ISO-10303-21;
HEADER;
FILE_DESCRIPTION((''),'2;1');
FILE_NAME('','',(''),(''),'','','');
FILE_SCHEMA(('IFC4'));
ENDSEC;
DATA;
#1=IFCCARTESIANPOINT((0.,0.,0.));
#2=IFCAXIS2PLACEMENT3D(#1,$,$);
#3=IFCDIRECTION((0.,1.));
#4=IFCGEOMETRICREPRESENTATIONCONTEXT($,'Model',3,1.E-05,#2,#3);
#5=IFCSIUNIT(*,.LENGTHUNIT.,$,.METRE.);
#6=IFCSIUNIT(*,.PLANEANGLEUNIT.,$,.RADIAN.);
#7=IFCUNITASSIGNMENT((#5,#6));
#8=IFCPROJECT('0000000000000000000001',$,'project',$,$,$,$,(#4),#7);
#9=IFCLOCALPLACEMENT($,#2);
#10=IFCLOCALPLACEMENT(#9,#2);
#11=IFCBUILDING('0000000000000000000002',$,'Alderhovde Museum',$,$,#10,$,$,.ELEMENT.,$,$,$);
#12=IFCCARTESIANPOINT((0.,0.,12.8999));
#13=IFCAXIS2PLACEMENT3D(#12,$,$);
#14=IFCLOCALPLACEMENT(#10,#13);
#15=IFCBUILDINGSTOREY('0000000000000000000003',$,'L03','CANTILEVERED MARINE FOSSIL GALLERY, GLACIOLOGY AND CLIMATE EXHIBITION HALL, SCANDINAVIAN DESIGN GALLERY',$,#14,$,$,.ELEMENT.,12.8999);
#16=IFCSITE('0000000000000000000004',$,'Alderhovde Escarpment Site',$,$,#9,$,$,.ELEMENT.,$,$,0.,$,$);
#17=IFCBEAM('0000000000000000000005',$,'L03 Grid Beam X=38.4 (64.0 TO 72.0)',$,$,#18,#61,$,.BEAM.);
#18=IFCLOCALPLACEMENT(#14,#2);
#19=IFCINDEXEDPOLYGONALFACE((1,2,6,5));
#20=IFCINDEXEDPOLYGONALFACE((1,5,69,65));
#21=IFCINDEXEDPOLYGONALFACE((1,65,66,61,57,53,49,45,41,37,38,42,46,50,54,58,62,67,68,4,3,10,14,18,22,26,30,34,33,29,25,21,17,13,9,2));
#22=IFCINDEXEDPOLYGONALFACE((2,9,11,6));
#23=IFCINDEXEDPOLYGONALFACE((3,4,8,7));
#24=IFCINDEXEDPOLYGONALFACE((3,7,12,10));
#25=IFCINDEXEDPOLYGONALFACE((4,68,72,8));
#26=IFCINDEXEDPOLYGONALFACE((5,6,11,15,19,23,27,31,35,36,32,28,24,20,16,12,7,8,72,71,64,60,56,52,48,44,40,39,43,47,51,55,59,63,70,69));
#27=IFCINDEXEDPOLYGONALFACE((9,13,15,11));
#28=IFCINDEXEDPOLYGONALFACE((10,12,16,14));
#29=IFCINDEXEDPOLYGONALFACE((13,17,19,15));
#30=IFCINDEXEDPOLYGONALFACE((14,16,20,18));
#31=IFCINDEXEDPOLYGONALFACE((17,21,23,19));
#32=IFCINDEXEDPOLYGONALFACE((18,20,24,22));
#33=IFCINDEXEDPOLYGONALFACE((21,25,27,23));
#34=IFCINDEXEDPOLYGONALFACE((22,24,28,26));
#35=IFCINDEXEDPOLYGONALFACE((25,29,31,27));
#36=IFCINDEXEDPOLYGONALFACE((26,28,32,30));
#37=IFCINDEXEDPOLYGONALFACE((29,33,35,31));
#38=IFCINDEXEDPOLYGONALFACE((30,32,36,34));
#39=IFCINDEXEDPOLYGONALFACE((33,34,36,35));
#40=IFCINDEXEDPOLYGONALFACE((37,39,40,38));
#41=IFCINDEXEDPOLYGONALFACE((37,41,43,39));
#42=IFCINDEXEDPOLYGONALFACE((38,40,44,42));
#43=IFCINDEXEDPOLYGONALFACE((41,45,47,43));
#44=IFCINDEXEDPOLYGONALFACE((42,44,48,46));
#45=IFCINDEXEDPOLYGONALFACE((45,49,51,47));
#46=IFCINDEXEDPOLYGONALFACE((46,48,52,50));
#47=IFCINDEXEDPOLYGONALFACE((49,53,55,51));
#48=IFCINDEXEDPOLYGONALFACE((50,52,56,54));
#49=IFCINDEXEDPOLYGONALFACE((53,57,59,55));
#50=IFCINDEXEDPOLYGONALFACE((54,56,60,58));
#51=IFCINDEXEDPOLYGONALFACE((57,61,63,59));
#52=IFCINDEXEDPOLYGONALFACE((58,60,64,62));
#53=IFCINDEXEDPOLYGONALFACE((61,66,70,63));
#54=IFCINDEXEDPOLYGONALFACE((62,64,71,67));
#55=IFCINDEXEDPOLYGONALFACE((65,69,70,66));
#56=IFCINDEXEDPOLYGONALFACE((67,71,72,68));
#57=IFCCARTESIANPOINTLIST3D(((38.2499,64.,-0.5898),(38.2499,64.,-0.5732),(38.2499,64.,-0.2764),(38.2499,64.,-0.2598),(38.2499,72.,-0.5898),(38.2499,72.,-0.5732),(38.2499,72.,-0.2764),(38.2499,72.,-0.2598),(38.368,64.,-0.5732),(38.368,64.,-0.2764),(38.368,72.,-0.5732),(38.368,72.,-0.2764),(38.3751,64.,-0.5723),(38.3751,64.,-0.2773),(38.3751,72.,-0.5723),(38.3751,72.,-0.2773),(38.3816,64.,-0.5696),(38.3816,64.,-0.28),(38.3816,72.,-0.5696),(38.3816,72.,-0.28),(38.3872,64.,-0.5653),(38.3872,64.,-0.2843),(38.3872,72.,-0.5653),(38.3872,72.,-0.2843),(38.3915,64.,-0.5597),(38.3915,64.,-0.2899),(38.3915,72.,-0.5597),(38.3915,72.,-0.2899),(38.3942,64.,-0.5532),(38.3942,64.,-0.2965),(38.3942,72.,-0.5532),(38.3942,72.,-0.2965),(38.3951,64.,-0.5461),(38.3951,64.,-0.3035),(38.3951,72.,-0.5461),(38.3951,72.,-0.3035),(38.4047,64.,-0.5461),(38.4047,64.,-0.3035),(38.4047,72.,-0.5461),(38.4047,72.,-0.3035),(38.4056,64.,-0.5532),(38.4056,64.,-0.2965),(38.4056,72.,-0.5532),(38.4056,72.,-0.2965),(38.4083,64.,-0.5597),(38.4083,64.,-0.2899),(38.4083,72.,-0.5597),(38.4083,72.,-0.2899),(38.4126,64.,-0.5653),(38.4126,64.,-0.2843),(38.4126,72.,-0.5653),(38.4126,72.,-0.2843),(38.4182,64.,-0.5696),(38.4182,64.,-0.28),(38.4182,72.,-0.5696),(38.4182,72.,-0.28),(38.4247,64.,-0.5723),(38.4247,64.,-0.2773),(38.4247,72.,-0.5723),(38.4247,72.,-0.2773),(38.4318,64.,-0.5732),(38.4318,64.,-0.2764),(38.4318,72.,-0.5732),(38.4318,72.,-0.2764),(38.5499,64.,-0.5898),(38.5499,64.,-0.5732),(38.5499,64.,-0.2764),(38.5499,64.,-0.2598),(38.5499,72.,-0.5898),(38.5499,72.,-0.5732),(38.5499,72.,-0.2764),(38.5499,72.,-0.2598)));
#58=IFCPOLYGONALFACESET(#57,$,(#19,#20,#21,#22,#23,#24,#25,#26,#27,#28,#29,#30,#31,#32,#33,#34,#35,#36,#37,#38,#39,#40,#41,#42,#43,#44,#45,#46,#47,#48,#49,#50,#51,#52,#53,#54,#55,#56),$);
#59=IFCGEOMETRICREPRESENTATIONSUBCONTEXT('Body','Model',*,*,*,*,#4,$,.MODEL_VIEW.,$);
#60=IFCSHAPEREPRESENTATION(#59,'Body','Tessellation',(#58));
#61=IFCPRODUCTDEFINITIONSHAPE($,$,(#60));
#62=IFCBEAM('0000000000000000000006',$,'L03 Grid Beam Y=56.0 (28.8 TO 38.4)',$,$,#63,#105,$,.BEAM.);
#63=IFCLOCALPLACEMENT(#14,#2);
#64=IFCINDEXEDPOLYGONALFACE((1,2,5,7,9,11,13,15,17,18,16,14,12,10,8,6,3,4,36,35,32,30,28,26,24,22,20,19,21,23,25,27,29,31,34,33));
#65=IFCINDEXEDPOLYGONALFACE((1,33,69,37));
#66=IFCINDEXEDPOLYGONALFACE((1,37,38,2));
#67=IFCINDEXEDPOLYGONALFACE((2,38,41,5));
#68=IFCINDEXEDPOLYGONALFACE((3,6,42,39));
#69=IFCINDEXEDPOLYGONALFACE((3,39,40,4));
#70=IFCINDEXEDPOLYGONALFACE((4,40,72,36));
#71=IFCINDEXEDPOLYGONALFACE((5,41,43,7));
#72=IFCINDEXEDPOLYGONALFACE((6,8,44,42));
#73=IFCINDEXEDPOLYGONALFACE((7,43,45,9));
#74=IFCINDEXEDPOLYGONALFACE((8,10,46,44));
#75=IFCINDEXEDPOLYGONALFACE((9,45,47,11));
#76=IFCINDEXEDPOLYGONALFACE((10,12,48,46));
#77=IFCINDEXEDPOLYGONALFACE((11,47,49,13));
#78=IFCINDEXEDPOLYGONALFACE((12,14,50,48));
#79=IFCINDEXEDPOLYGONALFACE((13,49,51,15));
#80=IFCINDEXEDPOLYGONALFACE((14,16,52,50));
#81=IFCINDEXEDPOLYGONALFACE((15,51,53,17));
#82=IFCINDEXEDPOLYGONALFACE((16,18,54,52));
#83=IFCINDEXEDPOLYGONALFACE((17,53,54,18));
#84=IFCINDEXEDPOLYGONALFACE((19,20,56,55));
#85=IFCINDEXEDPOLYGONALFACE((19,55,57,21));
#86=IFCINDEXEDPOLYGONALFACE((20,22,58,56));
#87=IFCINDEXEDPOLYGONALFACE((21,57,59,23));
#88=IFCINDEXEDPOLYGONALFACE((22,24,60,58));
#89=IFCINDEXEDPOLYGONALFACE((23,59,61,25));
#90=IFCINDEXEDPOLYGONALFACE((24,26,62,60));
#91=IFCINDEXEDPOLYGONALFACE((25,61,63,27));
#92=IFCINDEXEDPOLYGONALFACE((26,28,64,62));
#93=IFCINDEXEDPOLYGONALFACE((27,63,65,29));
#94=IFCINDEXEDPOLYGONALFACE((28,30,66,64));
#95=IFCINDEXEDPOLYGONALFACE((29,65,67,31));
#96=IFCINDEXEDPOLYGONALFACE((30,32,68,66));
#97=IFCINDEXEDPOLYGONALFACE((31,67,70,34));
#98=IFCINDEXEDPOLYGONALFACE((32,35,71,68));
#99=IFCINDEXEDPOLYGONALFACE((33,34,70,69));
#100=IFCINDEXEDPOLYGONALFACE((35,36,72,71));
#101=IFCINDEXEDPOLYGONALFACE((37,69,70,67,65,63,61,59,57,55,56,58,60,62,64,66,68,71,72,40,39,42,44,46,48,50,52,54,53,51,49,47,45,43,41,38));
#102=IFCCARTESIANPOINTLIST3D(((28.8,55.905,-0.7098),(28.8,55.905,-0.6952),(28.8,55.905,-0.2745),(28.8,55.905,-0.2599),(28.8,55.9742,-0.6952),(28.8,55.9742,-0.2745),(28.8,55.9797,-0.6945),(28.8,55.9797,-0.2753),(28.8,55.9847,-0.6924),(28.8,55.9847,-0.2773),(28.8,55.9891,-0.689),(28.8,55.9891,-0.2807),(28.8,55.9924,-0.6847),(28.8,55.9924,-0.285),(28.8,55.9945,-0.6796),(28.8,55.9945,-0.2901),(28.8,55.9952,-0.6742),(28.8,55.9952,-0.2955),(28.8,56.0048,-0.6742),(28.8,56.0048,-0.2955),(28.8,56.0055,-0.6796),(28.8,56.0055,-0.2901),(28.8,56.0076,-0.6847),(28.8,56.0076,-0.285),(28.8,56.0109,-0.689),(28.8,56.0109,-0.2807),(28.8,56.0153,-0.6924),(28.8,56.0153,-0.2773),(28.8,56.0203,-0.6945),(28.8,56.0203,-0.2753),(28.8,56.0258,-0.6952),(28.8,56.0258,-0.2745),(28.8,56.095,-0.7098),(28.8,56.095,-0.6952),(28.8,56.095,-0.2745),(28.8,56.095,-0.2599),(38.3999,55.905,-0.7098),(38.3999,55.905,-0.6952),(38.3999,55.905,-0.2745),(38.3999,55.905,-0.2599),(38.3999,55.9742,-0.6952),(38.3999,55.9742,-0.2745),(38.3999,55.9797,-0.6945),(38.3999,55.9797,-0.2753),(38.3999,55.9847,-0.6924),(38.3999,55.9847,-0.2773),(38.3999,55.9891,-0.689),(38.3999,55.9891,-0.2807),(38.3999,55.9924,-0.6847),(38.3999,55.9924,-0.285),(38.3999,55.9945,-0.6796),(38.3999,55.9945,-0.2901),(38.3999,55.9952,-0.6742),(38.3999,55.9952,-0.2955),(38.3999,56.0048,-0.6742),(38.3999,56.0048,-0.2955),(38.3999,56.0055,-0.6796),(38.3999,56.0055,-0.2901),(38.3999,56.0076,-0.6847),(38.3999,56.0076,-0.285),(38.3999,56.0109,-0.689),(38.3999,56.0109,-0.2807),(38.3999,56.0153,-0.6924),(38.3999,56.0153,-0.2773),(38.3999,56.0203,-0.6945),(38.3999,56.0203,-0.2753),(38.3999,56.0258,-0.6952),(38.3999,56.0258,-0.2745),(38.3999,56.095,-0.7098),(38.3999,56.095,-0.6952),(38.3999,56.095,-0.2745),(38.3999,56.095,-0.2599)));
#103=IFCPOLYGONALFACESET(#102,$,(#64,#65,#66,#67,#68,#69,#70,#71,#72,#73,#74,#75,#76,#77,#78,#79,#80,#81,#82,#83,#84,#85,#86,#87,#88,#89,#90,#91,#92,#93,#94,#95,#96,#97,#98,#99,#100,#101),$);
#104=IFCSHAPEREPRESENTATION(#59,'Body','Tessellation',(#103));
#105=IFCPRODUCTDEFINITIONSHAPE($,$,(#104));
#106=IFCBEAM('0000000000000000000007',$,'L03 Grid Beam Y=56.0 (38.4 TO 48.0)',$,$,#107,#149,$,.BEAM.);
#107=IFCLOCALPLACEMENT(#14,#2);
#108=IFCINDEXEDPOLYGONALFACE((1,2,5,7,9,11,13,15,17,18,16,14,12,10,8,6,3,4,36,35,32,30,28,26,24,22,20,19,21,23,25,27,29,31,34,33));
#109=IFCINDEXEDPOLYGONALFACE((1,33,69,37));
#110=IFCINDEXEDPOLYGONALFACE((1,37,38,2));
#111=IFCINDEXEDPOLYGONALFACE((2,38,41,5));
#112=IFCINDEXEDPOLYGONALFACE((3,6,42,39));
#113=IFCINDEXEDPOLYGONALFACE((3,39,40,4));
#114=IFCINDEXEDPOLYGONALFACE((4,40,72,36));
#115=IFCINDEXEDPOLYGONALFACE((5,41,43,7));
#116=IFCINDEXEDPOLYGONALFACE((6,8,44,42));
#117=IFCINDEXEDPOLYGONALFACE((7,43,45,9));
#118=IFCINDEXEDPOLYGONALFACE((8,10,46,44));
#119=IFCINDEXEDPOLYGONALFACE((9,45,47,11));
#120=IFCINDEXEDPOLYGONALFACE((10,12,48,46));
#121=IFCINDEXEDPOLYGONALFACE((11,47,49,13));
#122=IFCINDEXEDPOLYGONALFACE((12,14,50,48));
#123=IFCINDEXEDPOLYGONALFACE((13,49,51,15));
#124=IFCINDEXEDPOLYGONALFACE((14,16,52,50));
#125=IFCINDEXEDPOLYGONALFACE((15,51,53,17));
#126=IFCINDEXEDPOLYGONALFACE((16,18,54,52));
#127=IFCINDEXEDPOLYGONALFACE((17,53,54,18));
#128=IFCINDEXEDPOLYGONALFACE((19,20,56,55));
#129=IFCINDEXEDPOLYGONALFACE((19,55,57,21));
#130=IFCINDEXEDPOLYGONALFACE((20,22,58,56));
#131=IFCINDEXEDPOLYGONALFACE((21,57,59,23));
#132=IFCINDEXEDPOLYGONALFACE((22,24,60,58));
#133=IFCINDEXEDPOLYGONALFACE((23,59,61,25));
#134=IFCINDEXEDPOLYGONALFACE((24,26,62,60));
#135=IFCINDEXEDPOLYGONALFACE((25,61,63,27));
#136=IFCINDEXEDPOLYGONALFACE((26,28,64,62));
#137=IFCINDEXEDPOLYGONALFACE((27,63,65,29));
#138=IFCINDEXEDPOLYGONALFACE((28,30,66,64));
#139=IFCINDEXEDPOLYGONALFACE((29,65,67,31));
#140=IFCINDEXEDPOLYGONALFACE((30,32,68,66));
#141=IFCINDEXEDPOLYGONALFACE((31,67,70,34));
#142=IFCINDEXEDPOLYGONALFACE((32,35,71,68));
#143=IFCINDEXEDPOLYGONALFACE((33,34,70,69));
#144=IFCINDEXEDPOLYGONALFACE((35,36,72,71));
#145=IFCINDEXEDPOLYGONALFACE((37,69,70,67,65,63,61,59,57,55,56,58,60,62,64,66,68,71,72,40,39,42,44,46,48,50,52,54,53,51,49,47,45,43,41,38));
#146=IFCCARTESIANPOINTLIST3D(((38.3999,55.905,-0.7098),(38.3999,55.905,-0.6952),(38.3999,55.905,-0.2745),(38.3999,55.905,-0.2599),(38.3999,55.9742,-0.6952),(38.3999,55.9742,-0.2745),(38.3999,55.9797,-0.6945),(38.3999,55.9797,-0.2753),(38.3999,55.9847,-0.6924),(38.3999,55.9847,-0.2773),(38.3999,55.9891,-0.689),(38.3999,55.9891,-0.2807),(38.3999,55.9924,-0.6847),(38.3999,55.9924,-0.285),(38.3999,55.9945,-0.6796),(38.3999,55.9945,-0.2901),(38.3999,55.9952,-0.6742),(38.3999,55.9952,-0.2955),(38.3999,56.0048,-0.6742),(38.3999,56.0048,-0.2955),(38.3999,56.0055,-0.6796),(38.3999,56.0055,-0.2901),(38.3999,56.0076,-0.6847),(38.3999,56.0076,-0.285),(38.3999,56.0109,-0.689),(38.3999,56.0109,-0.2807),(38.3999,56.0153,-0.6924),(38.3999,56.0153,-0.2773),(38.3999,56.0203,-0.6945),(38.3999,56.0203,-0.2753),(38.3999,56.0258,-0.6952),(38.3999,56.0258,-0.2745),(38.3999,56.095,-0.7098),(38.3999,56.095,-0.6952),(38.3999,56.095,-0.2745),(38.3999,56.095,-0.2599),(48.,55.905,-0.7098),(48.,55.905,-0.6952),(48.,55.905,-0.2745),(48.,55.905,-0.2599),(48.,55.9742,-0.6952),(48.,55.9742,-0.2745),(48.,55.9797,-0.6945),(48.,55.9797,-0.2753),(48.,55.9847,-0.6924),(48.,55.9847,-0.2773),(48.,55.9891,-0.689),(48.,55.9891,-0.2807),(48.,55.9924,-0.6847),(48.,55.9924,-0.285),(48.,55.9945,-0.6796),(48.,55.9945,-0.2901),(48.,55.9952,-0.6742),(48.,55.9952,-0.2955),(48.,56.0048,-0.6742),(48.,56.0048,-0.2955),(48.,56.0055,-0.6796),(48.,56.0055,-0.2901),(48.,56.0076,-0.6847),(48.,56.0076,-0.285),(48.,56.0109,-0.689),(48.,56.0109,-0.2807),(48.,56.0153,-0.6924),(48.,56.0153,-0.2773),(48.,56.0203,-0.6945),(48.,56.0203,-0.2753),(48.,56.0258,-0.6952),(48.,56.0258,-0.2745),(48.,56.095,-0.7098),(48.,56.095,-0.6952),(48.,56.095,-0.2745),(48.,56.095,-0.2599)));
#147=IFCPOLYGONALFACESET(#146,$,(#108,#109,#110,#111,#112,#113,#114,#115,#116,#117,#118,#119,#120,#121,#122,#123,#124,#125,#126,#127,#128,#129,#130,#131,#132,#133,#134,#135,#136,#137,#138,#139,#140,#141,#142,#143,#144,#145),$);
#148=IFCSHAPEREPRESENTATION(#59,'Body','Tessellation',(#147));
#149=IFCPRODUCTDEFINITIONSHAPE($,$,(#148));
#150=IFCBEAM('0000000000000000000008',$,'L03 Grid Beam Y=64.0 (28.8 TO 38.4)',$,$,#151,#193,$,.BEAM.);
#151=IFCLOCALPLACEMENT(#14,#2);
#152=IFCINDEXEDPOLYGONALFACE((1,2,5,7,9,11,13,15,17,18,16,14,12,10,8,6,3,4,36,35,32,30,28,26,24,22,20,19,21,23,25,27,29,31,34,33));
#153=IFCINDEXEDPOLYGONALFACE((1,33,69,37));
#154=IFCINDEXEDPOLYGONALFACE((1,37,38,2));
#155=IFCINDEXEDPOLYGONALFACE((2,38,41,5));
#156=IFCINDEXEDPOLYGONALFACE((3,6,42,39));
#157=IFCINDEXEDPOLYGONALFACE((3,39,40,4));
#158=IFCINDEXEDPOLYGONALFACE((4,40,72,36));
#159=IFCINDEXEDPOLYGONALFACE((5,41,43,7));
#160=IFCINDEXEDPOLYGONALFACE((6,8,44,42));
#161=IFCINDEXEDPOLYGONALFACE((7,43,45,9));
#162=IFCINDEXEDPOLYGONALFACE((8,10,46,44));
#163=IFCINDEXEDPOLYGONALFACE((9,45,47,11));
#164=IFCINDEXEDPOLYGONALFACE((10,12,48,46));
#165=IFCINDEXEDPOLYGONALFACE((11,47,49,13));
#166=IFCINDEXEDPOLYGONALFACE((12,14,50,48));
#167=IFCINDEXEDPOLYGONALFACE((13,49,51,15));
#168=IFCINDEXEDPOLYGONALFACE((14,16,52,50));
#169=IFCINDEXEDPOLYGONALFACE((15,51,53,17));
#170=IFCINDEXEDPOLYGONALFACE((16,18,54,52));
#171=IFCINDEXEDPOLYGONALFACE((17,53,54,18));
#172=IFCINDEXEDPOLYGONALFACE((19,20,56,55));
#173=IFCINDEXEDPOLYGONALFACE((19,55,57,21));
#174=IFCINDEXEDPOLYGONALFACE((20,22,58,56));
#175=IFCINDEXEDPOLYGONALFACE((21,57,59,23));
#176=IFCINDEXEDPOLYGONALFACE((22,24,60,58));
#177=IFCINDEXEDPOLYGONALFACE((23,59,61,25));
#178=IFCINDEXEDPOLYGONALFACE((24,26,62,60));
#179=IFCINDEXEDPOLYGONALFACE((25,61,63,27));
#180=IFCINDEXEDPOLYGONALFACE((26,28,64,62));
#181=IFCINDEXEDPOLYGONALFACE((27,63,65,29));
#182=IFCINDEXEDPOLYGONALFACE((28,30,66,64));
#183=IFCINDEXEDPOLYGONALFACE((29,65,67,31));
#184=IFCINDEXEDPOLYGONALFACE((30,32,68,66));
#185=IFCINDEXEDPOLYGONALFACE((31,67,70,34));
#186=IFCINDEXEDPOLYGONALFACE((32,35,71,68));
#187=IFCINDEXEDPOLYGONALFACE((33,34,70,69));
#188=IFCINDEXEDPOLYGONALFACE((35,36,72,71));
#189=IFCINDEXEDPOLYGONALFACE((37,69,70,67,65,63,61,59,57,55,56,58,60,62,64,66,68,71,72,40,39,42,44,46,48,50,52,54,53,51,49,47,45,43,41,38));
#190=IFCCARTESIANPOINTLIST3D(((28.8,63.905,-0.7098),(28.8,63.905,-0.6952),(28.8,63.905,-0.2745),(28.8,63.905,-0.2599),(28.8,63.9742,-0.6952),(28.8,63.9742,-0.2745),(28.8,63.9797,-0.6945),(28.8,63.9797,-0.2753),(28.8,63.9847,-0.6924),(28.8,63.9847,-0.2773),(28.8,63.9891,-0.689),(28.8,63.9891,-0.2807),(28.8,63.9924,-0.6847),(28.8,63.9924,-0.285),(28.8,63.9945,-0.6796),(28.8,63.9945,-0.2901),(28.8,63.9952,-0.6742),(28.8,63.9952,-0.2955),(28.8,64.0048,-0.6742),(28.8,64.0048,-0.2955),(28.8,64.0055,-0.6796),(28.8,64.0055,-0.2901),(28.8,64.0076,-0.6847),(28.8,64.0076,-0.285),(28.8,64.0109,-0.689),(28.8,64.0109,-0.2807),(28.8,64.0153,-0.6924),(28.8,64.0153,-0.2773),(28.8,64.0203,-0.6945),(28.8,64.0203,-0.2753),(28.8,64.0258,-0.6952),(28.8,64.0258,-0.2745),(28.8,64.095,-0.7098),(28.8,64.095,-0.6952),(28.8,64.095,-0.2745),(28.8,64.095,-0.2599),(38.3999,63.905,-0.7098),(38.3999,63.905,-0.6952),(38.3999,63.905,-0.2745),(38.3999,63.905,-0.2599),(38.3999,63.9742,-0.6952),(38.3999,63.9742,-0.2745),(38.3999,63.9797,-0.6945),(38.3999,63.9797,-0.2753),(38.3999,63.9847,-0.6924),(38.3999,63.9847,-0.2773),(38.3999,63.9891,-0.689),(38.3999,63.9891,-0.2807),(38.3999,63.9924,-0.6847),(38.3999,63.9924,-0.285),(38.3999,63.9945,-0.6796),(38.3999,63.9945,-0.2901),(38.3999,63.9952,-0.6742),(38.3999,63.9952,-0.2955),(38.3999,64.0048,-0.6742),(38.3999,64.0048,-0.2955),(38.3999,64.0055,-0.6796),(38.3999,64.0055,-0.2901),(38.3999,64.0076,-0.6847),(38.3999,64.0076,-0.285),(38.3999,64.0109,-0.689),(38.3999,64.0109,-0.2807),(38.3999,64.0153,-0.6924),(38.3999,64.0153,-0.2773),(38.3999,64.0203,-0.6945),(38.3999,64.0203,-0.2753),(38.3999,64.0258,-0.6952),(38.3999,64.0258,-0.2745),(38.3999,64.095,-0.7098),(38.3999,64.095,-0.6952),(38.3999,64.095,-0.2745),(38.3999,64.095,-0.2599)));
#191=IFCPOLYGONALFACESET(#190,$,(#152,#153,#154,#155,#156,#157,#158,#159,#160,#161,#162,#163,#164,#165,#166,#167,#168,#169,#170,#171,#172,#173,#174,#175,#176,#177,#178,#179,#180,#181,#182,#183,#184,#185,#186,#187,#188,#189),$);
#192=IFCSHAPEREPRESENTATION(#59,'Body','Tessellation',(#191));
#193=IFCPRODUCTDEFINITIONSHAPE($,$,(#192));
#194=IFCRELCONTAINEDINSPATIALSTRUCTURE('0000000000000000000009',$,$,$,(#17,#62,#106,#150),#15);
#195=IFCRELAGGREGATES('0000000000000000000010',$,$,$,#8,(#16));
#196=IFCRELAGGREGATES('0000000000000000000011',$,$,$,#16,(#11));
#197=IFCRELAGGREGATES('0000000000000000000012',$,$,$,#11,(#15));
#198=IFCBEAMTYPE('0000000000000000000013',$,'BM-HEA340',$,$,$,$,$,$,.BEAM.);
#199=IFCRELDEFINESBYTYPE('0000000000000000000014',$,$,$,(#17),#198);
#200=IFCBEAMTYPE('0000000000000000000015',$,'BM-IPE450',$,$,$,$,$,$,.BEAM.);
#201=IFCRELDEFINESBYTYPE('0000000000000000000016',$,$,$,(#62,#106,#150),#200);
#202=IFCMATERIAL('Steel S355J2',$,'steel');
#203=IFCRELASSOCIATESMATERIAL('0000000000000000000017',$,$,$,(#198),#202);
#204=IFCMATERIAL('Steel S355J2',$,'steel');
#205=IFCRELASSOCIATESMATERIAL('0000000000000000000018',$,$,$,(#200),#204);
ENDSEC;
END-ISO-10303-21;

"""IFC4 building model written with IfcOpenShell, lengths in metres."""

from ifc_helpers import new_model, si_unit, direction, frame, origin, origin_2d, place, context, subcontext, project, spatial, i_section, extrude, material, material_profile, profile_set, type_object, element, save


model = new_model("IFC4")

# Units and contexts
model_context = context("Model", 3, precision=1e-05, world=origin(), true_north=direction((0.0, 1.0)))
body_context = subcontext(model_context, "Body", "Model", "MODEL_VIEW")
ifc_project = project(units=[si_unit("LENGTHUNIT", "METRE"), si_unit("PLANEANGLEUNIT", "RADIAN")], contexts=[model_context])

# Site, building, storey
site_placement = place(None, origin())
site = spatial("IfcSite", under=ifc_project, at=site_placement, Name="Alderhovde Escarpment Site", CompositionType="ELEMENT", RefElevation=0.0)
building_placement = place(site_placement, origin())
building = spatial("IfcBuilding", under=site, at=building_placement, Name="Alderhovde Museum", CompositionType="ELEMENT")
storey_placement = place(building_placement, frame((0.0, 0.0, 12.8999)))
storey = spatial("IfcBuildingStorey", under=building, at=storey_placement, Name="L03", Description="CANTILEVERED MARINE FOSSIL GALLERY, GLACIOLOGY AND CLIMATE EXHIBITION HALL, SCANDINAVIAN DESIGN GALLERY", CompositionType="ELEMENT", Elevation=12.8999)

# Beams
ifc_material_1 = material(Name="Steel S355J2", Category="steel")
ifc_material_profile_1 = material_profile(ifc_material_1, i_section(OverallWidth=0.3, OverallDepth=0.3301, WebThickness=0.0095, FlangeThickness=0.0166, FilletRadius=0.0271, at=origin_2d()), Name="HEA 340")
ifc_profile_set_1 = profile_set([ifc_material_profile_1], Name="Steel S355J2")
beam_type_1 = type_object("IfcBeamType", Name="BM-HEA340", PredefinedType="BEAM", material=ifc_profile_set_1)
for number, where, z_axis, x_axis, name in (
    (1, (38.3999, 64.0, -0.4248), (0.0, 1.0, 0.0), (-1.0, 0.0, 0.0), "L03 Grid Beam X=38.4 (64.0 TO 72.0)"),
):
    element("IfcBeam", number, at=place(storey_placement, frame(where, z_axis=z_axis, x_axis=x_axis)), inside=storey, type_object=beam_type_1, Name=name, PredefinedType="BEAM", context=body_context, shape_type="SweptSolid", body=[
        extrude(i_section(OverallWidth=0.3, OverallDepth=0.3301, WebThickness=0.0095, FlangeThickness=0.0166, FilletRadius=0.0271, at=origin_2d()), origin(), (0.0, 0.0, 1.0), 8.0),
    ])
ifc_material_2 = material(Name="Steel S355J2", Category="steel")
ifc_material_profile_2 = material_profile(ifc_material_2, i_section(OverallWidth=0.1899, OverallDepth=0.45, WebThickness=0.0095, FlangeThickness=0.0146, FilletRadius=0.021, at=origin_2d()), Name="IPE 450")
ifc_profile_set_2 = profile_set([ifc_material_profile_2], Name="Steel S355J2")
beam_type_2 = type_object("IfcBeamType", Name="BM-IPE450", PredefinedType="BEAM", material=ifc_profile_set_2)
beam_1_placement = place(storey_placement, frame((28.8, 56.0, -0.4849), z_axis=(1.0, 0.0, 0.0), x_axis=(0.0, 1.0, 0.0)))
element("IfcBeam", 2, at=beam_1_placement, inside=storey, type_object=beam_type_2, Name="L03 Grid Beam Y=56.0 (28.8 TO 38.4)", PredefinedType="BEAM", context=body_context, shape_type="SweptSolid", body=[
    extrude(i_section(OverallWidth=0.1899, OverallDepth=0.45, WebThickness=0.0095, FlangeThickness=0.0146, FilletRadius=0.021, at=origin_2d()), origin(), (0.0, 0.0, 1.0), 9.5999),
])
beam_2_placement = place(storey_placement, frame((38.3999, 56.0, -0.4849), z_axis=(1.0, 0.0, 0.0), x_axis=(0.0, 1.0, 0.0)))
element("IfcBeam", 3, at=beam_2_placement, inside=storey, type_object=beam_type_2, Name="L03 Grid Beam Y=56.0 (38.4 TO 48.0)", PredefinedType="BEAM", context=body_context, shape_type="SweptSolid", body=[
    extrude(i_section(OverallWidth=0.1899, OverallDepth=0.45, WebThickness=0.0095, FlangeThickness=0.0146, FilletRadius=0.021, at=origin_2d()), origin(), (0.0, 0.0, 1.0), 9.6001),
])
beam_3_placement = place(storey_placement, frame((28.8, 64.0, -0.4849), z_axis=(1.0, 0.0, 0.0), x_axis=(0.0, 1.0, 0.0)))
element("IfcBeam", 4, at=beam_3_placement, inside=storey, type_object=beam_type_2, Name="L03 Grid Beam Y=64.0 (28.8 TO 38.4)", PredefinedType="BEAM", context=body_context, shape_type="SweptSolid", body=[
    extrude(i_section(OverallWidth=0.1899, OverallDepth=0.45, WebThickness=0.0095, FlangeThickness=0.0146, FilletRadius=0.021, at=origin_2d()), origin(), (0.0, 0.0, 1.0), 9.5999),
])

save(model, "model.ifc")
